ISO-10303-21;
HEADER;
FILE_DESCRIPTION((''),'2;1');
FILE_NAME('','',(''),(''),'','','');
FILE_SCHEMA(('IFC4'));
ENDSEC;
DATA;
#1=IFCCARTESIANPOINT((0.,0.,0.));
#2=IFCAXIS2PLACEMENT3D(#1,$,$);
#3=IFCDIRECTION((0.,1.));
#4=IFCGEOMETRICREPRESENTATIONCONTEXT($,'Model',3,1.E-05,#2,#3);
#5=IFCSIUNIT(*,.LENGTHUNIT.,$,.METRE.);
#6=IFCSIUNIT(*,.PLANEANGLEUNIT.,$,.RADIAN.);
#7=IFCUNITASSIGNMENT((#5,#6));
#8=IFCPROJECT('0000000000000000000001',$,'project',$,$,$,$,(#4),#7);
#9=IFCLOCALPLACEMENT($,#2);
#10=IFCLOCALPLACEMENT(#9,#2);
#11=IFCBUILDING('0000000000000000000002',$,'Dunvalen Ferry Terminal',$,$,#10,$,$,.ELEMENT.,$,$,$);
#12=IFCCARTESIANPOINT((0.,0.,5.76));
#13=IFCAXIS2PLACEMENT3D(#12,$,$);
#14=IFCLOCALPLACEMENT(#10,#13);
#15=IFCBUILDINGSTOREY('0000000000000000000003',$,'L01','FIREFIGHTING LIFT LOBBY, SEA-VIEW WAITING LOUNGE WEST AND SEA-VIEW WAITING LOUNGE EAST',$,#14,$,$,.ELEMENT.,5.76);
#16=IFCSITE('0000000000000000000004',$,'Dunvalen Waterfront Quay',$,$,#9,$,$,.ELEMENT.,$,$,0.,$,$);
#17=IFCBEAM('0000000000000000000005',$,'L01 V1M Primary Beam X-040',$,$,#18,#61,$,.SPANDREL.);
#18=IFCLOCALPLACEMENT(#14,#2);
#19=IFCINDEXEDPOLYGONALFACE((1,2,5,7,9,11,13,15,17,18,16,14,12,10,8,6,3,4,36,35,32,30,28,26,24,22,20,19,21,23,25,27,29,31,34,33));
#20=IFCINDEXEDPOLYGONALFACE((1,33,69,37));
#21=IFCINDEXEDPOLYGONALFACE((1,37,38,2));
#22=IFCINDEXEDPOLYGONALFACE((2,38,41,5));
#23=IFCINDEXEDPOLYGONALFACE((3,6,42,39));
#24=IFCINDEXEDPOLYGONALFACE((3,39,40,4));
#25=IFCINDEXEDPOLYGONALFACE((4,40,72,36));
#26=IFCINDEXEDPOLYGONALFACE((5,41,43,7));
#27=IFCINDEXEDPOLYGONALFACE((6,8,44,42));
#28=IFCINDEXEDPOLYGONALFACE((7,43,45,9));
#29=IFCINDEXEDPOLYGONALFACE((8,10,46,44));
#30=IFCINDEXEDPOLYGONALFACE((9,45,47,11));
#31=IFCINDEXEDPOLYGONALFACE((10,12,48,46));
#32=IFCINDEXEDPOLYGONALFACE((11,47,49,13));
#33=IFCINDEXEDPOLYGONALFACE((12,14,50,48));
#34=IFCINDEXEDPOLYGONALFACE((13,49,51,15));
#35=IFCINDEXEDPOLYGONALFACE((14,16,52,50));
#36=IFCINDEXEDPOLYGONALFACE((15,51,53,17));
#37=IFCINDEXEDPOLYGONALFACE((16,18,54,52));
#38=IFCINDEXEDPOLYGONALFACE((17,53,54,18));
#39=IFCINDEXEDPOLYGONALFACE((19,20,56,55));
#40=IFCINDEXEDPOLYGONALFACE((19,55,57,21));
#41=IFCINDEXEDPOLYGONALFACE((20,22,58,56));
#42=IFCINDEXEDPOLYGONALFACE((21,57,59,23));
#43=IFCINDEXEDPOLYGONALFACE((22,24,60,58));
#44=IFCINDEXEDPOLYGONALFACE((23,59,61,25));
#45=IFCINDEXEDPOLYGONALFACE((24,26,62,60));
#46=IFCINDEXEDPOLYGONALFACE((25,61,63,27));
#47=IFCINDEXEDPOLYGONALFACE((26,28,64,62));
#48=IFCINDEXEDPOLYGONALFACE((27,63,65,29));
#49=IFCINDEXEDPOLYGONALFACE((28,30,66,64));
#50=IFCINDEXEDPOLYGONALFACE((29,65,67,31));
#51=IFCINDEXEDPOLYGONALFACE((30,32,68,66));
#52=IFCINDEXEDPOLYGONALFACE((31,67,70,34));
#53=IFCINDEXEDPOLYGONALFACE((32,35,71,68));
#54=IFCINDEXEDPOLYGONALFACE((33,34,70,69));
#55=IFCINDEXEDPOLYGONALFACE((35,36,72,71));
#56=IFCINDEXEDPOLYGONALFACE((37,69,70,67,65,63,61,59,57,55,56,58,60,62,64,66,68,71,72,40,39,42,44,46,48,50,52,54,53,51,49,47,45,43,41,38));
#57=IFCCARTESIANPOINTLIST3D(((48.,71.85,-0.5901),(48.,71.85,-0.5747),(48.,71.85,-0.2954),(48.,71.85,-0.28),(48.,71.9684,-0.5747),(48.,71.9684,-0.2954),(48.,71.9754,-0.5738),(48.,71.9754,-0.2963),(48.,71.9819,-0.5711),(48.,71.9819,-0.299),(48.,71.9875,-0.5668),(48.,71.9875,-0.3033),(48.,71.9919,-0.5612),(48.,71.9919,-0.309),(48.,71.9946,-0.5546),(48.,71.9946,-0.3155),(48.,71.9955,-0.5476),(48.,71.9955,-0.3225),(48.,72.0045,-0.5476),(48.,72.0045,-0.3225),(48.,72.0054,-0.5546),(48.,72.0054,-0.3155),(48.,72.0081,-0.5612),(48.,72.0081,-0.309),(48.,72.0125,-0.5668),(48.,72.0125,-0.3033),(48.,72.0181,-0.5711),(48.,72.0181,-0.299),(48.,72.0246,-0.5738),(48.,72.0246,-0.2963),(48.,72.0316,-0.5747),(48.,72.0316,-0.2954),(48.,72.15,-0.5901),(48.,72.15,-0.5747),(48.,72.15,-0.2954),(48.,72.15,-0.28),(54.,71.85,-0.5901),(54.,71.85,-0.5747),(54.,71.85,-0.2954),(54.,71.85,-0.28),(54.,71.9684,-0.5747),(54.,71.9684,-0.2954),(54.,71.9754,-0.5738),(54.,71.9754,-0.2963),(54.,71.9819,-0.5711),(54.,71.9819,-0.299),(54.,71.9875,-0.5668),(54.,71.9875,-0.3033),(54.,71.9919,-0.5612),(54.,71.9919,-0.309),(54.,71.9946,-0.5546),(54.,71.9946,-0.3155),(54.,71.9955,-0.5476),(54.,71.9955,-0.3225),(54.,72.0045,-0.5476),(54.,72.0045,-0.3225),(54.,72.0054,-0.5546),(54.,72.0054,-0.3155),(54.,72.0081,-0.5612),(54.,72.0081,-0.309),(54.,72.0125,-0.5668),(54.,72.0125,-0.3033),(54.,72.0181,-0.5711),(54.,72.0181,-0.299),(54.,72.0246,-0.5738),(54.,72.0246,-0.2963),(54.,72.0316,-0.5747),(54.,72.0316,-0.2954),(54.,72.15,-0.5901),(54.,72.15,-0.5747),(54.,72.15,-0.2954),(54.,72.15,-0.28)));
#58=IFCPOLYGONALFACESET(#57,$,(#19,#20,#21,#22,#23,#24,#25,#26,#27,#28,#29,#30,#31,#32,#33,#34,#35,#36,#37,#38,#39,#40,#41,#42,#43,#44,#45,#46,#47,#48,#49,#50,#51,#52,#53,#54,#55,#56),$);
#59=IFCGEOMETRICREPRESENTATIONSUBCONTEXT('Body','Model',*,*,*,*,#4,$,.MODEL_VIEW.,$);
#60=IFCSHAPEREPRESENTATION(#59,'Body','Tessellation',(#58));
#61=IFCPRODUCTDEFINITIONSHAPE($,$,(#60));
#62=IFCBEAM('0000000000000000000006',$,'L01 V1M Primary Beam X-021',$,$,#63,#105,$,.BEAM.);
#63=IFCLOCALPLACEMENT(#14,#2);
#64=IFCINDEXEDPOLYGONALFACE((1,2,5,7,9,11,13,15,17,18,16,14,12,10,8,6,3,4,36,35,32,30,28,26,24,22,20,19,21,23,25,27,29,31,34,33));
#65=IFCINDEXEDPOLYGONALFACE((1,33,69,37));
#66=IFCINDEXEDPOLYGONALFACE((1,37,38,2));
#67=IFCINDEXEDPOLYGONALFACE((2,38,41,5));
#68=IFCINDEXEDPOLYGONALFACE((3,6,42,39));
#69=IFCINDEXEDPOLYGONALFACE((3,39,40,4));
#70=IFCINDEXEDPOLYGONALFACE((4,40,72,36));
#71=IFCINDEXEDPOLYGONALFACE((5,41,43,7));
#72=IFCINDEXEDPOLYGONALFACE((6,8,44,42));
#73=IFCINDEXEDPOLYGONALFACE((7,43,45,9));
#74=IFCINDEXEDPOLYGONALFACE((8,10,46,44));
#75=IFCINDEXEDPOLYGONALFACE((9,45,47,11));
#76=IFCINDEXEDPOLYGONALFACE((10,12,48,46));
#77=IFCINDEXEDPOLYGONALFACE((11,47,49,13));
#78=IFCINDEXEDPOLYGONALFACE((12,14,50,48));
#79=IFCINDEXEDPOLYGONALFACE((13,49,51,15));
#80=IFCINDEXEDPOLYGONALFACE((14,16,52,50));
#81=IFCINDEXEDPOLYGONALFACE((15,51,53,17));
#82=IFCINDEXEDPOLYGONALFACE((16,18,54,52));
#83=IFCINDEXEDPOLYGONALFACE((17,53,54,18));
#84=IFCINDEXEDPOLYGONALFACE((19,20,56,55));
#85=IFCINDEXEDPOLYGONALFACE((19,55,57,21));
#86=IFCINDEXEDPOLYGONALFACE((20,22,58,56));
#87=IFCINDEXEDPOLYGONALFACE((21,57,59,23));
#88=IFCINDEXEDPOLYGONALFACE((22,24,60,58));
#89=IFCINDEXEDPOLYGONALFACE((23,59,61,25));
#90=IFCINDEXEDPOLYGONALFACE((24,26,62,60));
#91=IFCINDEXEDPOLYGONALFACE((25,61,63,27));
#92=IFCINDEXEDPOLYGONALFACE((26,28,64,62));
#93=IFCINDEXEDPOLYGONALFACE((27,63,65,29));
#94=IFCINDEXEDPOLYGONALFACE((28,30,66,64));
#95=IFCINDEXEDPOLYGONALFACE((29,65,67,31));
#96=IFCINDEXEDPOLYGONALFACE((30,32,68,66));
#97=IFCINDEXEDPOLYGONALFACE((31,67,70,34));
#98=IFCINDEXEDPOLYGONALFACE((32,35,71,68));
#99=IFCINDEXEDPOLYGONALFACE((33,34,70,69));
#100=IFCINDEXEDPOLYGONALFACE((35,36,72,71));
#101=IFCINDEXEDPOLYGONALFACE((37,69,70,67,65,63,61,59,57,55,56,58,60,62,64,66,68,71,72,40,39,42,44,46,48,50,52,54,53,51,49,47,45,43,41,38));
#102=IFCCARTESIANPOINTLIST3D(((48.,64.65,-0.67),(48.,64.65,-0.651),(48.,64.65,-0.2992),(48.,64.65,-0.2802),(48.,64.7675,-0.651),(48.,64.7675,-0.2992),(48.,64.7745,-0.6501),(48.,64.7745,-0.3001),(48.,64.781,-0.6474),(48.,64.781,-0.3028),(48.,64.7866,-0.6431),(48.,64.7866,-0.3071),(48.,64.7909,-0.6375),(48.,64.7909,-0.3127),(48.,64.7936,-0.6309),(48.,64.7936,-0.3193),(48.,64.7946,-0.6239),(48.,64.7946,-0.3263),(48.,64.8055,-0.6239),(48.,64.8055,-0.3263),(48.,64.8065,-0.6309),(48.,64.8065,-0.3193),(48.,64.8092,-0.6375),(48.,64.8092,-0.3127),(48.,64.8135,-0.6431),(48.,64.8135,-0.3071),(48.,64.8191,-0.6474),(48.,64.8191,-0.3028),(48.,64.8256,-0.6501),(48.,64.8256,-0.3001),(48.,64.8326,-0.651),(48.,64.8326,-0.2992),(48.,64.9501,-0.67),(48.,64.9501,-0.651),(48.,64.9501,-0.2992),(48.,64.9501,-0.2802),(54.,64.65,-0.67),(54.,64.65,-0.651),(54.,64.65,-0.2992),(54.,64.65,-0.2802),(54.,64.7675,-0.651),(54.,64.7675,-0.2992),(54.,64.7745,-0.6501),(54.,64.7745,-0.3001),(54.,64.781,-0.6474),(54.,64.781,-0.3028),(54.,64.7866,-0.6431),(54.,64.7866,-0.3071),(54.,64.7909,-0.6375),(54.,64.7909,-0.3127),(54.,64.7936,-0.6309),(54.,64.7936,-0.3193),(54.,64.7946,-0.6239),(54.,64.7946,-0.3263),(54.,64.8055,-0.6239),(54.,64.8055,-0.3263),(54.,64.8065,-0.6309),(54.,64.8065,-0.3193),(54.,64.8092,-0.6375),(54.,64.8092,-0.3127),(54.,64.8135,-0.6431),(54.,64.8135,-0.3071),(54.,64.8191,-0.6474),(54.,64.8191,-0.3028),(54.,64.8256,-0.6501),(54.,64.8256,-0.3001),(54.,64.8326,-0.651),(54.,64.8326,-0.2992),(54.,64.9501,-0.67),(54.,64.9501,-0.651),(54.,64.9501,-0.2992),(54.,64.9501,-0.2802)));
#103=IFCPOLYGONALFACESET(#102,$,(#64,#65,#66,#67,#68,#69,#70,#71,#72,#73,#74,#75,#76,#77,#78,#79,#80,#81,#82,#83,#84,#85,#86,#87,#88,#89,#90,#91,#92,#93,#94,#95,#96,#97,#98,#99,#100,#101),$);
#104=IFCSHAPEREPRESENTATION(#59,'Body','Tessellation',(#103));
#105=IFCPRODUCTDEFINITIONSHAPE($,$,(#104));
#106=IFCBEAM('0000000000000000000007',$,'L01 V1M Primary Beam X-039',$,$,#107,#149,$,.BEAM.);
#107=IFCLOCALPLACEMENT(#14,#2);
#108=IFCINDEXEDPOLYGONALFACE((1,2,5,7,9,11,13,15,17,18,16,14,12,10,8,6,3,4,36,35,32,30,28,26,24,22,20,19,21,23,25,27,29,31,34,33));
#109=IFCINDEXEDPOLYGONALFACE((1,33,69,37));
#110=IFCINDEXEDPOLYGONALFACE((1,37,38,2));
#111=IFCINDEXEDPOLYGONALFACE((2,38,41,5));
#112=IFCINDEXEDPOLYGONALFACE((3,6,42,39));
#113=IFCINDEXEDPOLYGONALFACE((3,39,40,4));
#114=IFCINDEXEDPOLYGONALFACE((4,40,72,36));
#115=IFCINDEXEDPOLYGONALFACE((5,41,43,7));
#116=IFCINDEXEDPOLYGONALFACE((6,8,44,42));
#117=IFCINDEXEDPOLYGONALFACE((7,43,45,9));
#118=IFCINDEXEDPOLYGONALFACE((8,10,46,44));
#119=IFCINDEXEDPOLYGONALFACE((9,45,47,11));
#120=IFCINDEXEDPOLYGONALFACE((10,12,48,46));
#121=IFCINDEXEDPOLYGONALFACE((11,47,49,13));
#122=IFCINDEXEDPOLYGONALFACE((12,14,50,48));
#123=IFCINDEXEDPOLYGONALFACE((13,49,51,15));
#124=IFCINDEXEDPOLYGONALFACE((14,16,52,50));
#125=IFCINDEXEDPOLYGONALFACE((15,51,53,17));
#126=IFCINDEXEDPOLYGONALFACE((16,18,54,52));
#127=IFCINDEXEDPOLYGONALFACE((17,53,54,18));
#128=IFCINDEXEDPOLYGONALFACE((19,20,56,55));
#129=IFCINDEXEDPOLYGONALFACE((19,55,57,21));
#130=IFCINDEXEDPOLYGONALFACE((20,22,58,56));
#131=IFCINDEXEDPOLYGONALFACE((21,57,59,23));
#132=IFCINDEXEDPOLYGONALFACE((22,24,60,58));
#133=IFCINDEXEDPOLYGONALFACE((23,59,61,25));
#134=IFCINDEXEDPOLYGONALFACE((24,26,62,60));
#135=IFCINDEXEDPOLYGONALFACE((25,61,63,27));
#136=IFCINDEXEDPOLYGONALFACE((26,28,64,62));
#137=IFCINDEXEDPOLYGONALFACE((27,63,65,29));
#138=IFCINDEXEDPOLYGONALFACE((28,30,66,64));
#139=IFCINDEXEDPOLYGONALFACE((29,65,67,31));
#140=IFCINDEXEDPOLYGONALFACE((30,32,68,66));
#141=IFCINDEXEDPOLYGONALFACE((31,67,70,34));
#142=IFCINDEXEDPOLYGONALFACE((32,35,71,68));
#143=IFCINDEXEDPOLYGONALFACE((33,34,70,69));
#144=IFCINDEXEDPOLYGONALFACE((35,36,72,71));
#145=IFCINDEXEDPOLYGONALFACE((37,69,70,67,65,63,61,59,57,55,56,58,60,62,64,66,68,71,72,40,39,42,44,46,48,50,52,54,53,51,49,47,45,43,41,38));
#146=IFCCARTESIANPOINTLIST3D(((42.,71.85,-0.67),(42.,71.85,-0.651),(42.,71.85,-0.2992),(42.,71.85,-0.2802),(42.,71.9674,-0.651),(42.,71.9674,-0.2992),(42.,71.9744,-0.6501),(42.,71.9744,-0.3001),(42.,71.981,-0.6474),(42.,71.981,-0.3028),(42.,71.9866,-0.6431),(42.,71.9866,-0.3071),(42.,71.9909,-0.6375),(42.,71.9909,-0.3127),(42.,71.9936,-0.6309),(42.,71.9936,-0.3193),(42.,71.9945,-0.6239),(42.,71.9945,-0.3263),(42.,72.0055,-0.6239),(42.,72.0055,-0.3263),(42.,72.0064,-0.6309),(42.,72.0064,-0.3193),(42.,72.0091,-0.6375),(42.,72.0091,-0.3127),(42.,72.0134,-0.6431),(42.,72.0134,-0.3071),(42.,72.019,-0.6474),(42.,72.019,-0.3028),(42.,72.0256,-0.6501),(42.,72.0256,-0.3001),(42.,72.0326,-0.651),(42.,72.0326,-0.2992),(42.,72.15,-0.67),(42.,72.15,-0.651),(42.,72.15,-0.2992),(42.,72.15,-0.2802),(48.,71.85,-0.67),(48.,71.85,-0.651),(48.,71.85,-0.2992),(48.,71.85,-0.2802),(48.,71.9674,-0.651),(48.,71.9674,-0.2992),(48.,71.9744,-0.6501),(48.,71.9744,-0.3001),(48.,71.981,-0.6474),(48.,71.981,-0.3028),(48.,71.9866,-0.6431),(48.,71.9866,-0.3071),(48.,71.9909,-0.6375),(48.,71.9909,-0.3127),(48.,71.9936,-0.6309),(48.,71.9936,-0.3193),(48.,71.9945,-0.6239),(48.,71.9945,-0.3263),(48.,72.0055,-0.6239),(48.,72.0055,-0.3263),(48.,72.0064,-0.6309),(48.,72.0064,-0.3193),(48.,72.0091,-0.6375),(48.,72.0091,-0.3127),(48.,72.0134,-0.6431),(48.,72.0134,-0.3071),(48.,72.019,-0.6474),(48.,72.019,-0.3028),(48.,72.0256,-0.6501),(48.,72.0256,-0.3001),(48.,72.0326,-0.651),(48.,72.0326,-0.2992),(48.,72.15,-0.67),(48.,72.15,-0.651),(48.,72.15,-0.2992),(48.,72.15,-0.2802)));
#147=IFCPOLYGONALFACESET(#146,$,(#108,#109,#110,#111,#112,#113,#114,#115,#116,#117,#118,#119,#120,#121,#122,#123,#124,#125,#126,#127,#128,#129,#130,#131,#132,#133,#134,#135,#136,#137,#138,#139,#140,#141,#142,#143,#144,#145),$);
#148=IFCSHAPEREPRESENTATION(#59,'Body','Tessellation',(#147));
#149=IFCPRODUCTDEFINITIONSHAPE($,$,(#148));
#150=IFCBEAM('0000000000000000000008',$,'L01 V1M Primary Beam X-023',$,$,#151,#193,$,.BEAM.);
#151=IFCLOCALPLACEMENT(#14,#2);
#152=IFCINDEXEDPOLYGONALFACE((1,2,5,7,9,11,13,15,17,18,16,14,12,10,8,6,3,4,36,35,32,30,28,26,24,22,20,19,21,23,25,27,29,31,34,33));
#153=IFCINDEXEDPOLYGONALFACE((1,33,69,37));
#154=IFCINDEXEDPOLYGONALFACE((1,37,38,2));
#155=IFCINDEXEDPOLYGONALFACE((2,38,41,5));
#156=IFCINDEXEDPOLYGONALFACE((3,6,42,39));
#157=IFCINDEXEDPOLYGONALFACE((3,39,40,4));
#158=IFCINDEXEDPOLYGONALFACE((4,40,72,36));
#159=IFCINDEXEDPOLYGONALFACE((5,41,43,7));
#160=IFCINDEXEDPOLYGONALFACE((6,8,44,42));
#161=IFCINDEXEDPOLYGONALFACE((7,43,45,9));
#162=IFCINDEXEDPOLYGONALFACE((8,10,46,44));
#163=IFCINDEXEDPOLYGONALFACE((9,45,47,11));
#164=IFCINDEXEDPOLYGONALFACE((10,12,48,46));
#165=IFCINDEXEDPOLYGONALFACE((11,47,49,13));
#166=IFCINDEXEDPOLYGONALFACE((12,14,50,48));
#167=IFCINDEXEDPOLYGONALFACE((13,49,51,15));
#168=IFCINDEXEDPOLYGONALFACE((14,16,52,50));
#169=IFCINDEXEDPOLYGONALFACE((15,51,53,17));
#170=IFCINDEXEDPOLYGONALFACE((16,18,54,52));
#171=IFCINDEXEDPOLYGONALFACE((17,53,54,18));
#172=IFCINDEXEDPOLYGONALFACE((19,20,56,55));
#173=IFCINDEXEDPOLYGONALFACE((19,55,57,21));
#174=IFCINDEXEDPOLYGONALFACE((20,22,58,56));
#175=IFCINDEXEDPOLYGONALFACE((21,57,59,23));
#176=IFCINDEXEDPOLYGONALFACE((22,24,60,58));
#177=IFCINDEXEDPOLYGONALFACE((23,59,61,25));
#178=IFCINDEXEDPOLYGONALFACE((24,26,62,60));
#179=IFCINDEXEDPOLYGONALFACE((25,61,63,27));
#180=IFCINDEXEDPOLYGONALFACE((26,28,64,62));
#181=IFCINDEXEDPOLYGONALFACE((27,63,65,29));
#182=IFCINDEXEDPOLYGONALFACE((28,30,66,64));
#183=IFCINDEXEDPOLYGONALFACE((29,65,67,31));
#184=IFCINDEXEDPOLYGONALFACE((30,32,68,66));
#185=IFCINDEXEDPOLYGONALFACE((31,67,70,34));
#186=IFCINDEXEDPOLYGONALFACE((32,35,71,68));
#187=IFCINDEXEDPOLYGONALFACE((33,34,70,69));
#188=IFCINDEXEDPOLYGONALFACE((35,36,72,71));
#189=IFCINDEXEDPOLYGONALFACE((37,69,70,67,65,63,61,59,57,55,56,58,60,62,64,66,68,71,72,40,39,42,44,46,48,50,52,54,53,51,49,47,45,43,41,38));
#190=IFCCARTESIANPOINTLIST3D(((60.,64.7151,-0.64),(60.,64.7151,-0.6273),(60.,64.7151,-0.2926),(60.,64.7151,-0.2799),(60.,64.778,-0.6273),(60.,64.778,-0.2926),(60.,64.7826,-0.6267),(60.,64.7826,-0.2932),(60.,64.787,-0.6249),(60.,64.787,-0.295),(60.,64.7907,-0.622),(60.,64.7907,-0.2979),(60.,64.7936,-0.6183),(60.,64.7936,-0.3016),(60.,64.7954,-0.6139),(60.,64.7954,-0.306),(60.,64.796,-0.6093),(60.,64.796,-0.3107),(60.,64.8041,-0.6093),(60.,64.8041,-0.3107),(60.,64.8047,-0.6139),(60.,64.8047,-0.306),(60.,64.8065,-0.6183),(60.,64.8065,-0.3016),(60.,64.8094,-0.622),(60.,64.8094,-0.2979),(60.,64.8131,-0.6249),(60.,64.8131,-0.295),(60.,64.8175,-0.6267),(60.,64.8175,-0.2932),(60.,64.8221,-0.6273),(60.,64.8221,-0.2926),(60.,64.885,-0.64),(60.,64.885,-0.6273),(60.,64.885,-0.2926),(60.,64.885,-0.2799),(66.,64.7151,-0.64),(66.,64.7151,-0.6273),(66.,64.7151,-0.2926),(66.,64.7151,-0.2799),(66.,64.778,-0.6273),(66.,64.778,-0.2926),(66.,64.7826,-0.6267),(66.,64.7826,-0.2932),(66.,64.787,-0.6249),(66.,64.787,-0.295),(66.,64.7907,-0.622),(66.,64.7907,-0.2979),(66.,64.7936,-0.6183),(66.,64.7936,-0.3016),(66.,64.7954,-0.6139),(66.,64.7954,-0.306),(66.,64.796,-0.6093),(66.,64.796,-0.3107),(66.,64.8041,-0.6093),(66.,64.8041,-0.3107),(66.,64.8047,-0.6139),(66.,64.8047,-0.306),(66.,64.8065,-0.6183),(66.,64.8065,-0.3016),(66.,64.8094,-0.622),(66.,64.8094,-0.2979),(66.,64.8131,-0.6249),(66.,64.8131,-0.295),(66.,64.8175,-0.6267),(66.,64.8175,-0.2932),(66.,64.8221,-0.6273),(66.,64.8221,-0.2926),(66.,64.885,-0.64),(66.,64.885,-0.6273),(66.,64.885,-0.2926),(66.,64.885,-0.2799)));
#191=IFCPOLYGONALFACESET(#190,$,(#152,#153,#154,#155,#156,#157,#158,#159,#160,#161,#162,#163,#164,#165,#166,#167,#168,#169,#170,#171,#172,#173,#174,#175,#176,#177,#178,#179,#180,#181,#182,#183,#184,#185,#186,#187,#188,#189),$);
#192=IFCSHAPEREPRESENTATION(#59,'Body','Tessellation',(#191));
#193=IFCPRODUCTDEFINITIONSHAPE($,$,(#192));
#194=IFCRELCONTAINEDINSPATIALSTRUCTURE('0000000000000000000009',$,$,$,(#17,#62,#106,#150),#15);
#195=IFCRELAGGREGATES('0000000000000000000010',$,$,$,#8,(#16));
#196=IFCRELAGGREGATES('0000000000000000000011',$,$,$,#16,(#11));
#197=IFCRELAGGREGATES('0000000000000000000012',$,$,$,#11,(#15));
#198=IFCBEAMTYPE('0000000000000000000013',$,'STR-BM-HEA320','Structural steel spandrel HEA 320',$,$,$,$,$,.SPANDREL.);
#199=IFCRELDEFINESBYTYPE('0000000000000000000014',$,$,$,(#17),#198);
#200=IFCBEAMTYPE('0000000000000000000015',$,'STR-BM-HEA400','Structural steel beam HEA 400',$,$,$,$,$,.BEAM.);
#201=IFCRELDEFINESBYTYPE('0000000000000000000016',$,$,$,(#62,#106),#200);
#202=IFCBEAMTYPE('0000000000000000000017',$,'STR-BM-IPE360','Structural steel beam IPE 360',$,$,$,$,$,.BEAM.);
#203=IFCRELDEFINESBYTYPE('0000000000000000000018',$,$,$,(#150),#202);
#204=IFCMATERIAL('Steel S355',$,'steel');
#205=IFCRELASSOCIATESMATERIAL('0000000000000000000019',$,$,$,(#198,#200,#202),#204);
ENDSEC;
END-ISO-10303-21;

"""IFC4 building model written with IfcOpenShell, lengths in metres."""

from ifc_helpers import new_model, si_unit, direction, frame, origin, origin_2d, place, context, subcontext, project, spatial, i_section, extrude, material, material_profile, profile_set, type_object, element, save


model = new_model("IFC4")

# Units and contexts
model_context = context("Model", 3, precision=1e-05, world=origin(), true_north=direction((0.0, 1.0)))
body_context = subcontext(model_context, "Body", "Model", "MODEL_VIEW")
ifc_project = project(units=[si_unit("LENGTHUNIT", "METRE"), si_unit("PLANEANGLEUNIT", "RADIAN")], contexts=[model_context])

# Site, building, storey
site_placement = place(None, origin())
site = spatial("IfcSite", under=ifc_project, at=site_placement, Name="Dunvalen Waterfront Quay", CompositionType="ELEMENT", RefElevation=0.0)
building_placement = place(site_placement, origin())
building = spatial("IfcBuilding", under=site, at=building_placement, Name="Dunvalen Ferry Terminal", CompositionType="ELEMENT")
storey_placement = place(building_placement, frame((0.0, 0.0, 5.76)))
storey = spatial("IfcBuildingStorey", under=building, at=storey_placement, Name="L01", Description="FIREFIGHTING LIFT LOBBY, SEA-VIEW WAITING LOUNGE WEST AND SEA-VIEW WAITING LOUNGE EAST", CompositionType="ELEMENT", Elevation=5.76)

# Beams
ifc_material_1 = material(Name="Steel S355", Category="steel")
ifc_material_profile_1 = material_profile(ifc_material_1, i_section(OverallWidth=0.3, OverallDepth=0.3101, WebThickness=0.009, FlangeThickness=0.0154, FilletRadius=0.0271, at=origin_2d()), Name="Steel S355")
ifc_profile_set_1 = profile_set([ifc_material_profile_1], Name="Steel S355")
beam_type_1 = type_object("IfcBeamType", Name="STR-BM-HEA320", Description="Structural steel spandrel HEA 320", PredefinedType="SPANDREL", material=ifc_profile_set_1)
for number, where, z_axis, x_axis, name in (
    (1, (48.0, 72.0, -0.4351), (1.0, 0.0, 0.0), (0.0, 1.0, 0.0), "L01 V1M Primary Beam X-040"),
):
    element("IfcBeam", number, at=place(storey_placement, frame(where, z_axis=z_axis, x_axis=x_axis)), inside=storey, type_object=beam_type_1, Name=name, PredefinedType="SPANDREL", context=body_context, shape_type="SweptSolid", body=[
        extrude(i_section(OverallWidth=0.3, OverallDepth=0.3101, WebThickness=0.009, FlangeThickness=0.0154, FilletRadius=0.0271, at=origin_2d()), origin(), (0.0, 0.0, 1.0), 6.0),
    ])
ifc_material_profile_2 = material_profile(ifc_material_1, i_section(OverallWidth=0.3, OverallDepth=0.3899, WebThickness=0.011, FlangeThickness=0.019, FilletRadius=0.0271, at=origin_2d()), Name="Steel S355")
ifc_profile_set_2 = profile_set([ifc_material_profile_2], Name="Steel S355")
beam_type_2 = type_object("IfcBeamType", Name="STR-BM-HEA400", Description="Structural steel beam HEA 400", PredefinedType="BEAM", material=ifc_profile_set_2)
for number, where, z_axis, x_axis, name in (
    (2, (48.0, 64.8, -0.4751), (1.0, 0.0, 0.0), (0.0, 1.0, 0.0), "L01 V1M Primary Beam X-021"),
    (3, (42.0, 72.0, -0.4751), (1.0, 0.0, 0.0), (0.0, 1.0, 0.0), "L01 V1M Primary Beam X-039"),
):
    element("IfcBeam", number, at=place(storey_placement, frame(where, z_axis=z_axis, x_axis=x_axis)), inside=storey, type_object=beam_type_2, Name=name, PredefinedType="BEAM", context=body_context, shape_type="SweptSolid", body=[
        extrude(i_section(OverallWidth=0.3, OverallDepth=0.3899, WebThickness=0.011, FlangeThickness=0.019, FilletRadius=0.0271, at=origin_2d()), origin(), (0.0, 0.0, 1.0), 6.0),
    ])
ifc_material_profile_3 = material_profile(ifc_material_1, i_section(OverallWidth=0.1699, OverallDepth=0.3601, WebThickness=0.0081, FlangeThickness=0.0127, FilletRadius=0.0181, at=origin_2d()), Name="Steel S355")
ifc_profile_set_3 = profile_set([ifc_material_profile_3], Name="Steel S355")
beam_type_3 = type_object("IfcBeamType", Name="STR-BM-IPE360", Description="Structural steel beam IPE 360", PredefinedType="BEAM", material=ifc_profile_set_3)
for number, where, z_axis, x_axis, name in (
    (4, (60.0, 64.8, -0.46), (1.0, 0.0, 0.0), (0.0, 1.0, 0.0), "L01 V1M Primary Beam X-023"),
):
    element("IfcBeam", number, at=place(storey_placement, frame(where, z_axis=z_axis, x_axis=x_axis)), inside=storey, type_object=beam_type_3, Name=name, PredefinedType="BEAM", context=body_context, shape_type="SweptSolid", body=[
        extrude(i_section(OverallWidth=0.1699, OverallDepth=0.3601, WebThickness=0.0081, FlangeThickness=0.0127, FilletRadius=0.0181, at=origin_2d()), origin(), (0.0, 0.0, 1.0), 6.0),
    ])

save(model, "model.ifc")
